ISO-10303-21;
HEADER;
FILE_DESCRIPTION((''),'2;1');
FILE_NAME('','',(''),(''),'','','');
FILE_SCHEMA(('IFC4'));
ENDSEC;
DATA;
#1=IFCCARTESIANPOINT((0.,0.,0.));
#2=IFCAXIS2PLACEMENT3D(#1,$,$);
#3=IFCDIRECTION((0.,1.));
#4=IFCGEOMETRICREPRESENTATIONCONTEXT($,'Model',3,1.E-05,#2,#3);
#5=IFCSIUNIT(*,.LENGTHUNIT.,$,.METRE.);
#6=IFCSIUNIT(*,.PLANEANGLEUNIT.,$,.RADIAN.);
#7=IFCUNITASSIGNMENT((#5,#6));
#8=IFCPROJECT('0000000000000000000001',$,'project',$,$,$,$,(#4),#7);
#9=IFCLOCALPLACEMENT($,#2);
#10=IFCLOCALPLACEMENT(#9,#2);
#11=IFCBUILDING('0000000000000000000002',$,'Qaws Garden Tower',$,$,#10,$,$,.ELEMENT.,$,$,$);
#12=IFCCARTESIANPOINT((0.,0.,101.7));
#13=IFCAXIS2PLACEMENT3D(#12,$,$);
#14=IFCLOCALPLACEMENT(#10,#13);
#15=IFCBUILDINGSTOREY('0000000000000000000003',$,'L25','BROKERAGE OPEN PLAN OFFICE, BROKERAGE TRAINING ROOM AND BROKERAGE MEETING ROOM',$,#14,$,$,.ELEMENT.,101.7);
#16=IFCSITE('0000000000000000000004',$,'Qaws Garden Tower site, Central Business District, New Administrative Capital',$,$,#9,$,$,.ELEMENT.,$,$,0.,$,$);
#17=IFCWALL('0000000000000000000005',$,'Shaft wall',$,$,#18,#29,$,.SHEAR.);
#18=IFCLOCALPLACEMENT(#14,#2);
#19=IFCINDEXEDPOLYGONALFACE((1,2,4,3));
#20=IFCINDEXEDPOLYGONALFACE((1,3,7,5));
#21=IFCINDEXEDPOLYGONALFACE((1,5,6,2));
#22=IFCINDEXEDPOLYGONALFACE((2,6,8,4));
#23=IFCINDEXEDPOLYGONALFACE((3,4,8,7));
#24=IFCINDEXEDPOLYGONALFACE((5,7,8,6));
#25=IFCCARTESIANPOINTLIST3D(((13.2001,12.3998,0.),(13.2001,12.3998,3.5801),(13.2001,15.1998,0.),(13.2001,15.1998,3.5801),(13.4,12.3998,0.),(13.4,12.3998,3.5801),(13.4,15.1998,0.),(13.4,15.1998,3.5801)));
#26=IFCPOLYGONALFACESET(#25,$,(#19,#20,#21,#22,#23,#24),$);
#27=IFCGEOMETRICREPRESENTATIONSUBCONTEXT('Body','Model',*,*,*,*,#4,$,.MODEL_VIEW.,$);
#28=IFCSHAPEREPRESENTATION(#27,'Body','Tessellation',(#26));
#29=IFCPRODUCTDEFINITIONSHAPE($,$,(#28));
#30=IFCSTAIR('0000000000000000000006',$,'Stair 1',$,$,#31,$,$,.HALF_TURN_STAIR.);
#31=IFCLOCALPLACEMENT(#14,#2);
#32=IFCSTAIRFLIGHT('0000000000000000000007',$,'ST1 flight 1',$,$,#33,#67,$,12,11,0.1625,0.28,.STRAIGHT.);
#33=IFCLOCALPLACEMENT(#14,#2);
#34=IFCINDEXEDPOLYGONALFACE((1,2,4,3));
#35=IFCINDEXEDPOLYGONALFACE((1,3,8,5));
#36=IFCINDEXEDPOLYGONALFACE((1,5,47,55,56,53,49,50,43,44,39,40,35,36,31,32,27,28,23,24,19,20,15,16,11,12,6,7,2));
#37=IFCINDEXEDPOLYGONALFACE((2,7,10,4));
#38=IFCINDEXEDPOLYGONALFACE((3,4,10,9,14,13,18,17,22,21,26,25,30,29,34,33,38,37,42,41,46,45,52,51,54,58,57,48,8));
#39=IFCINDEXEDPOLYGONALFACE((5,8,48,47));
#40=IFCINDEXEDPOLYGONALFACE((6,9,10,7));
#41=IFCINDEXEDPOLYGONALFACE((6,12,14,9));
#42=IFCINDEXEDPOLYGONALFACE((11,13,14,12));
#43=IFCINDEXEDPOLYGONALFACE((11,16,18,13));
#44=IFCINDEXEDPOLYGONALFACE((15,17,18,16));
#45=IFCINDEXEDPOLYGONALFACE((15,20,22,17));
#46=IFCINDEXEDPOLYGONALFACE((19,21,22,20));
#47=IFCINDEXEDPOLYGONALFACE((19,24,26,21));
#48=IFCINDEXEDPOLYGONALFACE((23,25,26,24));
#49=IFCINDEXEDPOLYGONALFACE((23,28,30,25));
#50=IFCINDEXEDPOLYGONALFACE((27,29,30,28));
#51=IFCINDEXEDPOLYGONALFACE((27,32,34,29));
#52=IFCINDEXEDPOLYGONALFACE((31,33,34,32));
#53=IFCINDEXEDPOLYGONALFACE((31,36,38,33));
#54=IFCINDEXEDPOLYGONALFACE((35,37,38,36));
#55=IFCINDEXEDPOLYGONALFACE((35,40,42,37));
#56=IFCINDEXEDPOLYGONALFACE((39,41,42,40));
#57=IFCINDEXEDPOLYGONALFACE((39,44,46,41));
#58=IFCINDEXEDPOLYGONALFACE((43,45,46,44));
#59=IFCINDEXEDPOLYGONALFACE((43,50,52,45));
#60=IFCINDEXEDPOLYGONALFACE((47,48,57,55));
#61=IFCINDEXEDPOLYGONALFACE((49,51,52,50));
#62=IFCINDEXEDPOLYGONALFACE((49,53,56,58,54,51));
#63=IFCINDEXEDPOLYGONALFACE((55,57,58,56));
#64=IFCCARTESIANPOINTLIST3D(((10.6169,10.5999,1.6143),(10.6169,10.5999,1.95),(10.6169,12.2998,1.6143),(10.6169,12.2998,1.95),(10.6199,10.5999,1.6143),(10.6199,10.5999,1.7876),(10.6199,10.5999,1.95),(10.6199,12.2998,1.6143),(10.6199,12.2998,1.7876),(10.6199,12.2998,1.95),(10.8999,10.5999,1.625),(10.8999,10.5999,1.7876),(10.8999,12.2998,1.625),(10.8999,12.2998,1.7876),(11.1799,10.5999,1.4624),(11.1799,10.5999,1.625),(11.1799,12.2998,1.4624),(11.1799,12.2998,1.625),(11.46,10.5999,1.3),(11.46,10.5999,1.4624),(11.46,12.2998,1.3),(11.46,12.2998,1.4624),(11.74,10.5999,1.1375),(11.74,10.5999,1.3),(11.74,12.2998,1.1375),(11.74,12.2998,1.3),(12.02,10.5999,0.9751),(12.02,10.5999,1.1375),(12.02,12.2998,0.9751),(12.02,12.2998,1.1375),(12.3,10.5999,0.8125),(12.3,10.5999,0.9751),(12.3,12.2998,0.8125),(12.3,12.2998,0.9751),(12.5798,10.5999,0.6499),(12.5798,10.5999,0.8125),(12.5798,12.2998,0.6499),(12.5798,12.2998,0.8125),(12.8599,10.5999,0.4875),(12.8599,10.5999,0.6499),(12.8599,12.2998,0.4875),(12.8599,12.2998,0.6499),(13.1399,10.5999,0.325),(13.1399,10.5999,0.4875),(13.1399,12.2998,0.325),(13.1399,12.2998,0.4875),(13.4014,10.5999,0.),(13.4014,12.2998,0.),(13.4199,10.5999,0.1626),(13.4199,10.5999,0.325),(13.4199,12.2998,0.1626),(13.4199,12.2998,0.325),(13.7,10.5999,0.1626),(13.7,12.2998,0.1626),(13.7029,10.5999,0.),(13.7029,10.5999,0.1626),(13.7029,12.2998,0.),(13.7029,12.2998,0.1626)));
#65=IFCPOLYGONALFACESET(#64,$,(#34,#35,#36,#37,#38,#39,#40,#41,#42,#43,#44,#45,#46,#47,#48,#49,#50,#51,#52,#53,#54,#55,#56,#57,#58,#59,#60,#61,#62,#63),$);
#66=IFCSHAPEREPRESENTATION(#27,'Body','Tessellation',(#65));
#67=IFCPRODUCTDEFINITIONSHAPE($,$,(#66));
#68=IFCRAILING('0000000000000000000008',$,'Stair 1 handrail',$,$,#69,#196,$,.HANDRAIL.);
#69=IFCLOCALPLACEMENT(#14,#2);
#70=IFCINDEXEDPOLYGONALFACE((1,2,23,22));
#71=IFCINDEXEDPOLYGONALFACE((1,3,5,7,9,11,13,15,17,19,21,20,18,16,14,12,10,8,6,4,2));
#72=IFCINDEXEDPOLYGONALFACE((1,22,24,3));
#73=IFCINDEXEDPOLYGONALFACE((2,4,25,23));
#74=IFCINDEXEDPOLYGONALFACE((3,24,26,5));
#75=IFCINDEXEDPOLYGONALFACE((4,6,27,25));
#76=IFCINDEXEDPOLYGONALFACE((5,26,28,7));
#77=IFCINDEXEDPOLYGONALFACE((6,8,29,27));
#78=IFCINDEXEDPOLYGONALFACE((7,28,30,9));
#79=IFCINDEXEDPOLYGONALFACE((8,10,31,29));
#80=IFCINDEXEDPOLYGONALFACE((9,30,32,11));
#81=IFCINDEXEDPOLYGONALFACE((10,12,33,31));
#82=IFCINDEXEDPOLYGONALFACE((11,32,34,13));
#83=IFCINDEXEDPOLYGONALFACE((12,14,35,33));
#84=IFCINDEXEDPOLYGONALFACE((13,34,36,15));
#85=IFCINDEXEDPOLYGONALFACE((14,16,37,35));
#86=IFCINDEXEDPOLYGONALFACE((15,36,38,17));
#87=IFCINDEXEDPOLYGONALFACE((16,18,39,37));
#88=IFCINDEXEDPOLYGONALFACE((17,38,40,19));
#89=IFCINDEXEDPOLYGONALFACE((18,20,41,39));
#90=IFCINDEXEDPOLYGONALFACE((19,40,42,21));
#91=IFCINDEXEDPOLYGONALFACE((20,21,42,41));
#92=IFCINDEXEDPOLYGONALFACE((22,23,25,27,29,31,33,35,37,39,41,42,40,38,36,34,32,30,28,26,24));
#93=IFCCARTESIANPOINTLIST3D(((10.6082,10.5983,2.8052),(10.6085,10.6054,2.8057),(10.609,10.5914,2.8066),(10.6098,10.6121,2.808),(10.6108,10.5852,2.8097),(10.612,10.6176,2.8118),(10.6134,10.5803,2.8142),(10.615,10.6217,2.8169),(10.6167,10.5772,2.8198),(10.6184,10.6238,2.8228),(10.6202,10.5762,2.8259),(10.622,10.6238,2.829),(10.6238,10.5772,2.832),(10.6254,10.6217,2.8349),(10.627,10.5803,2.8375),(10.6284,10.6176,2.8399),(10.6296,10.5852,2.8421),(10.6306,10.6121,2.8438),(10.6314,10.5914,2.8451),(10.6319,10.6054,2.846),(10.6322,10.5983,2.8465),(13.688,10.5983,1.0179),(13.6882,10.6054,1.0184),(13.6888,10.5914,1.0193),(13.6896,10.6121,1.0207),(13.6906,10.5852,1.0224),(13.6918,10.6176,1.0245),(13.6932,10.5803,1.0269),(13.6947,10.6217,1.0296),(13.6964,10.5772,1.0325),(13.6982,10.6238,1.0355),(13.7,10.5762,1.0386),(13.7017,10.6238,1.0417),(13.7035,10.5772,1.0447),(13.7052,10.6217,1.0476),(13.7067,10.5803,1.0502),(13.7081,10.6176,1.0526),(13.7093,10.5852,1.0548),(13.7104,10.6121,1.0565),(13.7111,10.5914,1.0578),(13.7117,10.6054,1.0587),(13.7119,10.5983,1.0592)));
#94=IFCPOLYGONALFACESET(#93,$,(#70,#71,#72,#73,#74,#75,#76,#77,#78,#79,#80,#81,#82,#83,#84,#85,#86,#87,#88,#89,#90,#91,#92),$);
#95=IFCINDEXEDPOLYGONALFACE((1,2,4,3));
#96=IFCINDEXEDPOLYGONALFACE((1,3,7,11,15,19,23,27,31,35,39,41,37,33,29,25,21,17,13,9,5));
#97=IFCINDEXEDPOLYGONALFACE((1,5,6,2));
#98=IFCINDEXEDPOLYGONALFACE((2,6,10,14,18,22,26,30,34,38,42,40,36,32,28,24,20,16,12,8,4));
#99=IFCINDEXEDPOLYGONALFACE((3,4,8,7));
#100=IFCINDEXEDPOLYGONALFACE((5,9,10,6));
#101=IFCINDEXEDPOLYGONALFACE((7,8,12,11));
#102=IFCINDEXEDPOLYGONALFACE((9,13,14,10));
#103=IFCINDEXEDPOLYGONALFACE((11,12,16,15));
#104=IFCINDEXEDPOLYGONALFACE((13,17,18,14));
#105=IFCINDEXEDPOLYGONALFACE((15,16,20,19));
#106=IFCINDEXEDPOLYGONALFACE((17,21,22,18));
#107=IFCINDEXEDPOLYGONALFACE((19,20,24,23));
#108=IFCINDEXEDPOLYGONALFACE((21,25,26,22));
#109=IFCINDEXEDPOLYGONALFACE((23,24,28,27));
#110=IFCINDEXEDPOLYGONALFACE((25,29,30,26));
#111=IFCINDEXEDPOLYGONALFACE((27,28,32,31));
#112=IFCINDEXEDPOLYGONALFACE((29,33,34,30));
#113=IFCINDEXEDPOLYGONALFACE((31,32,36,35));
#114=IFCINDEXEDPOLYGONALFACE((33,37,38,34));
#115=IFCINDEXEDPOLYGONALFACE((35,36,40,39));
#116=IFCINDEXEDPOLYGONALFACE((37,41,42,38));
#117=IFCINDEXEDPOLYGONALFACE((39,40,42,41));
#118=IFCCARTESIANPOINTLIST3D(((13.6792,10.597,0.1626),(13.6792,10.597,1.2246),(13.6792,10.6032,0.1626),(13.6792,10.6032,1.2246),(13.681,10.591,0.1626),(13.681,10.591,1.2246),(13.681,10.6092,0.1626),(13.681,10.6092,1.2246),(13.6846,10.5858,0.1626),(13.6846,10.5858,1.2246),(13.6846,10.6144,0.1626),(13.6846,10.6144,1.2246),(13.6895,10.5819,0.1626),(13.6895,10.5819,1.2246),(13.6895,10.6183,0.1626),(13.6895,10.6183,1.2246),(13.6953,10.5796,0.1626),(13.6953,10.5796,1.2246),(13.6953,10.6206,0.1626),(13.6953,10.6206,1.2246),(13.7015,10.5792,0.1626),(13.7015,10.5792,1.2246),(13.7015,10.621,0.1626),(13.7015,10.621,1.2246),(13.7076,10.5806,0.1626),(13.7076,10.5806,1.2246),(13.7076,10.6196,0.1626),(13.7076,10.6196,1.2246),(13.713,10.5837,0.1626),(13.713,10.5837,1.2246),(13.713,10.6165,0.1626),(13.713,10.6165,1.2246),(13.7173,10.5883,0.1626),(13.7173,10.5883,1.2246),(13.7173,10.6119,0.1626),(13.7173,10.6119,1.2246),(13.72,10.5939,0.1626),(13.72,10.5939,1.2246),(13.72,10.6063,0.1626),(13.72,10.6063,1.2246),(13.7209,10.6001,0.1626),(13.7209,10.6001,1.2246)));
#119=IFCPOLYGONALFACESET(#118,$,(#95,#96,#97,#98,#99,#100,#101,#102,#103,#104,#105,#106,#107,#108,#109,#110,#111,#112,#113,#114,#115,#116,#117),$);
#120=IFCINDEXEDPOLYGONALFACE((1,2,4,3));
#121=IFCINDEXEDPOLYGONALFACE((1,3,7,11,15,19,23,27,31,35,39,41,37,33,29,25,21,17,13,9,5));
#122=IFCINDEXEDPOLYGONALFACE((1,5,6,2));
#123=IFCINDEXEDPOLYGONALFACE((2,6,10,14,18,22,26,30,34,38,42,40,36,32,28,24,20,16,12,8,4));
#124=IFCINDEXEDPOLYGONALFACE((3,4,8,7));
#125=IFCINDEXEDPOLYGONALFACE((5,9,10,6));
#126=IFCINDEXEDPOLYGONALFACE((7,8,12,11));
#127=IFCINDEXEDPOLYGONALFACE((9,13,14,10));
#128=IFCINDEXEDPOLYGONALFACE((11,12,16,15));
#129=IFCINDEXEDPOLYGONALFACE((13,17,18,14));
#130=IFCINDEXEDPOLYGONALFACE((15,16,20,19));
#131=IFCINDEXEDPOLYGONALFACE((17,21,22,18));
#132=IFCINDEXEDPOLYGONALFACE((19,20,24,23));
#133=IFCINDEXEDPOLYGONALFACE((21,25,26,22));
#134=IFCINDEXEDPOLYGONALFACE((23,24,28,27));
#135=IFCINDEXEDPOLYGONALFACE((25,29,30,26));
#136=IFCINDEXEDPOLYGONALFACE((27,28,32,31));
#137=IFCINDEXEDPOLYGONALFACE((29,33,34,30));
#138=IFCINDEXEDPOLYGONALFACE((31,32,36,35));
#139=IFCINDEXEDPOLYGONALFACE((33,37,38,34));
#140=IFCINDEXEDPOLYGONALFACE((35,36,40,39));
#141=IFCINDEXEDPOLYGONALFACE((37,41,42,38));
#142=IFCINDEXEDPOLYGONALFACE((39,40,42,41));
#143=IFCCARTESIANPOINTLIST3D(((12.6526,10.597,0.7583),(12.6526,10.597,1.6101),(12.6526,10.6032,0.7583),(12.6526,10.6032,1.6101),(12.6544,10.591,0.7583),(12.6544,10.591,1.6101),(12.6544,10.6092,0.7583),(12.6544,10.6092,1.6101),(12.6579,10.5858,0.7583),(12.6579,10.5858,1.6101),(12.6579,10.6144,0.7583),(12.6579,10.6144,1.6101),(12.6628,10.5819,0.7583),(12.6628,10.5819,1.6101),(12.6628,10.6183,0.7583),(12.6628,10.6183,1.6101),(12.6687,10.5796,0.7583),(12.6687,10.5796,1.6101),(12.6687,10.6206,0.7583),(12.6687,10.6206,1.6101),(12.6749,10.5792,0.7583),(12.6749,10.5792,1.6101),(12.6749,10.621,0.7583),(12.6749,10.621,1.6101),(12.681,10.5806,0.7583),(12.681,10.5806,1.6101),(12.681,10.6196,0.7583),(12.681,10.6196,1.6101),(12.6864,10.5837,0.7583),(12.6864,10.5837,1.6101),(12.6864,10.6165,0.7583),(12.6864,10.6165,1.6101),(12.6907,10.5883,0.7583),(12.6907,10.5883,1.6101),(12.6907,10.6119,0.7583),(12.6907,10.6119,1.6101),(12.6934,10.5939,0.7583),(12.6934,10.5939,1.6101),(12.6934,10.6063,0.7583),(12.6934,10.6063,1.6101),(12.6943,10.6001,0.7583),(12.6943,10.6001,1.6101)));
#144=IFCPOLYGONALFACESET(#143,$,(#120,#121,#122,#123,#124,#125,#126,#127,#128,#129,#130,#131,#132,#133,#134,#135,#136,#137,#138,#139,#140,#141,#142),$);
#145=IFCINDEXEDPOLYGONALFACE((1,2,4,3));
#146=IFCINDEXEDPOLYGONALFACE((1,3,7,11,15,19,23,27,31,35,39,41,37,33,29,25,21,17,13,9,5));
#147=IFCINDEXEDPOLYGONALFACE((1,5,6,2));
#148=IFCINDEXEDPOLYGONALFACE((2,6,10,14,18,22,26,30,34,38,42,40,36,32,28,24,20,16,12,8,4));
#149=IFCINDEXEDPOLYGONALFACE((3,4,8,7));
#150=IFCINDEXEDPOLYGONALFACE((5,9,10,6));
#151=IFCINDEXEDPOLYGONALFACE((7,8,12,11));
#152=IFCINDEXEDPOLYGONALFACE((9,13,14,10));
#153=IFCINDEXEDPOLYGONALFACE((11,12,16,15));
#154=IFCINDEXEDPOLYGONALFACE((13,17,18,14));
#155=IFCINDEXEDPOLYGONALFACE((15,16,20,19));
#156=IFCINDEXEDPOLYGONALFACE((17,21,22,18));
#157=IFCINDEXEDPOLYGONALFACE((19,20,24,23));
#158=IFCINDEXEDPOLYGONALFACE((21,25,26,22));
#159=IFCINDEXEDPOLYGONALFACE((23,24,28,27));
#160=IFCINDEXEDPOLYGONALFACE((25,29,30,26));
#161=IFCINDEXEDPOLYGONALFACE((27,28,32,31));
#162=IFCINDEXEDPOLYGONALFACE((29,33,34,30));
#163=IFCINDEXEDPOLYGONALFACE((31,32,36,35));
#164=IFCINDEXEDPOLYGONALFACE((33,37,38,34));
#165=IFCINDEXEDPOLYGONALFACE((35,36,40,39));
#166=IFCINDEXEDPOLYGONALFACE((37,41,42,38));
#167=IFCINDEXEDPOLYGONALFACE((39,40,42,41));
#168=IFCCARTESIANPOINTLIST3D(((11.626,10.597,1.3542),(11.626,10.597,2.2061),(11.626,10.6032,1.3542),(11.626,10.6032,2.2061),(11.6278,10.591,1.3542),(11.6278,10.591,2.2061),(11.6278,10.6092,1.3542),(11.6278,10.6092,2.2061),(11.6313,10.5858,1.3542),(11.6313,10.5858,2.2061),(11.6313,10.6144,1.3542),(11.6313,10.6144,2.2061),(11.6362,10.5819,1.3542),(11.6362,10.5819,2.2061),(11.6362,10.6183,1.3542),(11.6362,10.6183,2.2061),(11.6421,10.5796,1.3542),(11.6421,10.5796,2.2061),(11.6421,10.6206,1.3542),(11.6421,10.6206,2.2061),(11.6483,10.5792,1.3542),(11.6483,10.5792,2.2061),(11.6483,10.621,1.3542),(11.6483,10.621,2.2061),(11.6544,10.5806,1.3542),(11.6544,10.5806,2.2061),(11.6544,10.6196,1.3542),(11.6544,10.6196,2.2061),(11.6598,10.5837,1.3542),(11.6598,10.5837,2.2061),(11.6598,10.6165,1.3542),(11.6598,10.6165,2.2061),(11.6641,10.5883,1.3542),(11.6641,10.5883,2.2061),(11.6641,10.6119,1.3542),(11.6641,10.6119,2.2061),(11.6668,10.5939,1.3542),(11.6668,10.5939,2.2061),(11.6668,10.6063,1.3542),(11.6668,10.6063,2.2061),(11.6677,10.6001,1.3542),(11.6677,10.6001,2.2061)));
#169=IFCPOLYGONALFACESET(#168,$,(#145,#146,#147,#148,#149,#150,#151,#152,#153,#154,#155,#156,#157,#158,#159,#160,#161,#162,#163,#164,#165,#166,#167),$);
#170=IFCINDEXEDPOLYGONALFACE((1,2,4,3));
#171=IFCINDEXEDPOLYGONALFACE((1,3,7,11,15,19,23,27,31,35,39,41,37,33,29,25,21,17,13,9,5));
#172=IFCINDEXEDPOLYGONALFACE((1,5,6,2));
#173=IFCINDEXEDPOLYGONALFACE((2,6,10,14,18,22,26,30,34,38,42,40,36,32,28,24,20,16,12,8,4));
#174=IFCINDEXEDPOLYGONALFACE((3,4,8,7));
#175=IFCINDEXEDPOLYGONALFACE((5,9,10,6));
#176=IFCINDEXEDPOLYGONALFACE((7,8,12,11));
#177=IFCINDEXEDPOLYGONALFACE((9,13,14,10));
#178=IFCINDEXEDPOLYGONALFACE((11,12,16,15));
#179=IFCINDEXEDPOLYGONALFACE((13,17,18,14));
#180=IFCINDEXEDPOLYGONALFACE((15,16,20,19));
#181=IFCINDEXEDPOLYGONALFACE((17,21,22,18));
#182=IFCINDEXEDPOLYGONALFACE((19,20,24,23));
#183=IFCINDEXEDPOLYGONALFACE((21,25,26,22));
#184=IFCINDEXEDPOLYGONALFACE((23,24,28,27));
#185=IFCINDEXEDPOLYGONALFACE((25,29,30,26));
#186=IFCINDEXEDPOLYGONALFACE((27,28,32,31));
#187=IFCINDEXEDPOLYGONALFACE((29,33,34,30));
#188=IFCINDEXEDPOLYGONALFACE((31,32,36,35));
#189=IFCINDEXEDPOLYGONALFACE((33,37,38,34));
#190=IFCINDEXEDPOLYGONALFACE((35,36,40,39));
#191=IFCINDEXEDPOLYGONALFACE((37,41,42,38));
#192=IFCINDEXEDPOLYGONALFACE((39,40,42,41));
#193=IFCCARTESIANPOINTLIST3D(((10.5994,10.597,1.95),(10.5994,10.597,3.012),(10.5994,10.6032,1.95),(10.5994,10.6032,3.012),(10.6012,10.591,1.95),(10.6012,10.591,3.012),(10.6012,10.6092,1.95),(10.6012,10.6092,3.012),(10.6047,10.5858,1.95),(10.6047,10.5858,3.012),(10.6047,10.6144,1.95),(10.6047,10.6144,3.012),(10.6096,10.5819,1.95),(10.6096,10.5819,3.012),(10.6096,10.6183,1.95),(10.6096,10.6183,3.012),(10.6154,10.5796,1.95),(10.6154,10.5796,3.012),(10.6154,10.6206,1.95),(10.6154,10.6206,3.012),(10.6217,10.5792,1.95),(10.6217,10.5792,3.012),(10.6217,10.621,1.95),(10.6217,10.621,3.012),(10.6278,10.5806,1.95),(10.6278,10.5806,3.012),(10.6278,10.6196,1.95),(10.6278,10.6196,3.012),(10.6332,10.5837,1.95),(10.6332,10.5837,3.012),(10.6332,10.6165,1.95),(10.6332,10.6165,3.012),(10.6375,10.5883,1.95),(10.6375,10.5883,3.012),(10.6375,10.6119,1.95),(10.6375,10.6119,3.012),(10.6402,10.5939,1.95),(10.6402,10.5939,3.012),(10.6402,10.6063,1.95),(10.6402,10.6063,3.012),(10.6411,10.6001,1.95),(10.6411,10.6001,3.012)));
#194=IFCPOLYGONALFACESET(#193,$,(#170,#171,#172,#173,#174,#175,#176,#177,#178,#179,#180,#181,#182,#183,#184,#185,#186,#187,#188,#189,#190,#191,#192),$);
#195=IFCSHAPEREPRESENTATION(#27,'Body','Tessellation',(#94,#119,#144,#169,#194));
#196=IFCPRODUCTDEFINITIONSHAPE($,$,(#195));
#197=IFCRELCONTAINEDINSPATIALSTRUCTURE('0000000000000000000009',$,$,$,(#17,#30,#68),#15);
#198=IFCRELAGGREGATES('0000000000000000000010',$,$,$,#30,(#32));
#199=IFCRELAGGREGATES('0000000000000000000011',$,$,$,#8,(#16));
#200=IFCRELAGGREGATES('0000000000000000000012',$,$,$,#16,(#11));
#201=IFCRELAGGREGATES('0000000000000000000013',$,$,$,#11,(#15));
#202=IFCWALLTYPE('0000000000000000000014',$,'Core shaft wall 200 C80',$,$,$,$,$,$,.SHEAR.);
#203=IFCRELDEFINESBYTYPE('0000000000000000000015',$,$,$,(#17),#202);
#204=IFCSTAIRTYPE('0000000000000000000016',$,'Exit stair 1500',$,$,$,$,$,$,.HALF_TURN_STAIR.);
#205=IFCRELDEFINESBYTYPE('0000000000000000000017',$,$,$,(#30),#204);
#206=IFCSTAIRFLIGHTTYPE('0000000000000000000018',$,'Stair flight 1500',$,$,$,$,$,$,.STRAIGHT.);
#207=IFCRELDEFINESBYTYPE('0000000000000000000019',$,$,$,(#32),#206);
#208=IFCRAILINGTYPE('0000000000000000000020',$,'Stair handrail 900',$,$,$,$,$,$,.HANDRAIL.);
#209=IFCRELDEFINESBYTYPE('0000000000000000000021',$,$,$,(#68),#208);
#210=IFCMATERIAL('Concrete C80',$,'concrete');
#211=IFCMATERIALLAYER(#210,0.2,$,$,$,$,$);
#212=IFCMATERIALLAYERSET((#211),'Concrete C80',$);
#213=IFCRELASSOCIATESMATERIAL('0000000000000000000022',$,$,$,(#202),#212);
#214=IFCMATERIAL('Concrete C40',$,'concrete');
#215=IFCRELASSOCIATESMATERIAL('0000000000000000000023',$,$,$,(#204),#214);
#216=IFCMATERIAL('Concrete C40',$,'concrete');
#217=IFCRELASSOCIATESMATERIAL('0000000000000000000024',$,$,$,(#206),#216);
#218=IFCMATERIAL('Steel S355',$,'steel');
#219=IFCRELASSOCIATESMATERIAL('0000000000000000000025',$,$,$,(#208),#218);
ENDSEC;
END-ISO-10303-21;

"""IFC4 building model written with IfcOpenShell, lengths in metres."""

from ifc_helpers import new_model, si_unit, direction, frame, frame_2d, origin, origin_2d, place, context, subcontext, project, spatial, polyline, rectangle, circle, outline, extrude, material, layer, layer_set, type_object, element, aggregate, save


model = new_model("IFC4")

# Units and contexts
model_context = context("Model", 3, precision=1e-05, world=origin(), true_north=direction((0.0, 1.0)))
body_context = subcontext(model_context, "Body", "Model", "MODEL_VIEW")
ifc_project = project(units=[si_unit("LENGTHUNIT", "METRE"), si_unit("PLANEANGLEUNIT", "RADIAN")], contexts=[model_context])

# Site, building, storey
site_placement = place(None, origin())
site = spatial("IfcSite", under=ifc_project, at=site_placement, Name="Qaws Garden Tower site, Central Business District, New Administrative Capital", CompositionType="ELEMENT", RefElevation=0.0)
building_placement = place(site_placement, origin())
building = spatial("IfcBuilding", under=site, at=building_placement, Name="Qaws Garden Tower", CompositionType="ELEMENT")
storey_placement = place(building_placement, frame((0.0, 0.0, 101.7)))
storey = spatial("IfcBuildingStorey", under=building, at=storey_placement, Name="L25", Description="BROKERAGE OPEN PLAN OFFICE, BROKERAGE TRAINING ROOM AND BROKERAGE MEETING ROOM", CompositionType="ELEMENT", Elevation=101.7)

# Shared definitions
ifc_material_1 = material(Name="Concrete C80", Category="concrete")
ifc_layer_1 = layer(ifc_material_1, 0.2)
ifc_layer_set_1 = layer_set([ifc_layer_1], Name="Concrete C80")
wall_type_1 = type_object("IfcWallType", Name="Core shaft wall 200 C80", PredefinedType="SHEAR", material=ifc_layer_set_1)

# Wall
wall_1_placement = place(storey_placement, frame((13.3, 12.3999, 0.0), z_axis=(0.0, 0.0, 1.0), x_axis=(0.0, 1.0, 0.0)))
element("IfcWall", 1, at=wall_1_placement, inside=storey, type_object=wall_type_1, Name="Shaft wall", PredefinedType="SHEAR", context=body_context, shape_type="SweptSolid", body=[
    extrude(rectangle(XDim=2.8, YDim=0.2, at=frame_2d((1.3999, 0.0))), origin(), (0.0, 0.0, 1.0), 3.5801),
])

# Stair, stair flight
ifc_material_2 = material(Name="Concrete C40", Category="concrete")
stair_type = type_object("IfcStairType", Name="Exit stair 1500", PredefinedType="HALF_TURN_STAIR", material=ifc_material_2)
stair_placement = place(storey_placement, origin())
stair = element("IfcStair", 2, at=stair_placement, inside=storey, type_object=stair_type, Name="Stair 1", PredefinedType="HALF_TURN_STAIR")
ifc_material_3 = material(Name="Concrete C40", Category="concrete")
stair_flight_type = type_object("IfcStairFlightType", Name="Stair flight 1500", PredefinedType="STRAIGHT", material=ifc_material_3)
stair_flight_placement = place(storey_placement, frame((13.7, 11.45, 0.0), z_axis=(0.0, 0.0, 1.0), x_axis=(-1.0, 0.0, 0.0)))
stair_flight = element("IfcStairFlight", 3, at=stair_flight_placement, type_object=stair_flight_type, Name="ST1 flight 1", NumberOfRisers=12, NumberOfTreads=11, PredefinedType="STRAIGHT", RiserHeight=0.1625, TreadLength=0.28, context=body_context, shape_type="SweptSolid", body=[
    extrude(outline(polyline([(-0.0029, 0.0), (-0.0029, 0.1626), (0.0, 0.1626), (0.28, 0.1626), (0.28, 0.325), (0.5601, 0.325), (0.5601, 0.4875), (0.8401, 0.4875), (0.8401, 0.6499), (1.1201, 0.6499), (1.1201, 0.8125), (1.3999, 0.8125), (1.3999, 0.9751), (1.6799, 0.9751), (1.6799, 1.1375), (1.96, 1.1375), (1.96, 1.3), (2.24, 1.3), (2.24, 1.4624), (2.52, 1.4624), (2.52, 1.625), (2.8, 1.625), (2.8, 1.7876), (3.0801, 1.7876), (3.0801, 1.95), (3.083, 1.95), (3.083, 1.6143), (3.0801, 1.6143), (0.2986, 0.0), (-0.0029, 0.0)])), frame((0.0, 0.8501, 0.0), z_axis=(0.0, -1.0, 0.0), x_axis=(1.0, 0.0, 0.0)), (0.0, 0.0, 1.0), 1.7),
])
aggregate(stair, [stair_flight])

# Railing
ifc_material_4 = material(Name="Steel S355", Category="steel")
railing_type = type_object("IfcRailingType", Name="Stair handrail 900", PredefinedType="HANDRAIL", material=ifc_material_4)
railing_1_placement = place(storey_placement, frame((13.7, 10.6001, 0.1626)))
element("IfcRailing", 4, at=railing_1_placement, inside=storey, type_object=railing_type, Name="Stair 1 handrail", PredefinedType="HANDRAIL", context=body_context, shape_type="SweptSolid", body=[
    extrude(circle(Radius=0.0239, at=origin_2d()), frame((0.0, 0.0, 0.876), z_axis=(-0.864903, 0.0, 0.501939), x_axis=(0.0, -1.0, 0.0)), (0.0, 0.0, 1.0), 3.5608),
    extrude(circle(Radius=0.021, at=origin_2d()), origin(), (0.0, 0.0, 1.0), 1.062),
    extrude(circle(Radius=0.021, at=origin_2d()), frame((-1.0266, 0.0, 0.5957)), (0.0, 0.0, 1.0), 0.8518),
    extrude(circle(Radius=0.021, at=origin_2d()), frame((-2.0532, 0.0, 1.1917)), (0.0, 0.0, 1.0), 0.8518),
    extrude(circle(Radius=0.021, at=origin_2d()), frame((-3.0798, 0.0, 1.7874)), (0.0, 0.0, 1.0), 1.062),
])

save(model, "model.ifc")
